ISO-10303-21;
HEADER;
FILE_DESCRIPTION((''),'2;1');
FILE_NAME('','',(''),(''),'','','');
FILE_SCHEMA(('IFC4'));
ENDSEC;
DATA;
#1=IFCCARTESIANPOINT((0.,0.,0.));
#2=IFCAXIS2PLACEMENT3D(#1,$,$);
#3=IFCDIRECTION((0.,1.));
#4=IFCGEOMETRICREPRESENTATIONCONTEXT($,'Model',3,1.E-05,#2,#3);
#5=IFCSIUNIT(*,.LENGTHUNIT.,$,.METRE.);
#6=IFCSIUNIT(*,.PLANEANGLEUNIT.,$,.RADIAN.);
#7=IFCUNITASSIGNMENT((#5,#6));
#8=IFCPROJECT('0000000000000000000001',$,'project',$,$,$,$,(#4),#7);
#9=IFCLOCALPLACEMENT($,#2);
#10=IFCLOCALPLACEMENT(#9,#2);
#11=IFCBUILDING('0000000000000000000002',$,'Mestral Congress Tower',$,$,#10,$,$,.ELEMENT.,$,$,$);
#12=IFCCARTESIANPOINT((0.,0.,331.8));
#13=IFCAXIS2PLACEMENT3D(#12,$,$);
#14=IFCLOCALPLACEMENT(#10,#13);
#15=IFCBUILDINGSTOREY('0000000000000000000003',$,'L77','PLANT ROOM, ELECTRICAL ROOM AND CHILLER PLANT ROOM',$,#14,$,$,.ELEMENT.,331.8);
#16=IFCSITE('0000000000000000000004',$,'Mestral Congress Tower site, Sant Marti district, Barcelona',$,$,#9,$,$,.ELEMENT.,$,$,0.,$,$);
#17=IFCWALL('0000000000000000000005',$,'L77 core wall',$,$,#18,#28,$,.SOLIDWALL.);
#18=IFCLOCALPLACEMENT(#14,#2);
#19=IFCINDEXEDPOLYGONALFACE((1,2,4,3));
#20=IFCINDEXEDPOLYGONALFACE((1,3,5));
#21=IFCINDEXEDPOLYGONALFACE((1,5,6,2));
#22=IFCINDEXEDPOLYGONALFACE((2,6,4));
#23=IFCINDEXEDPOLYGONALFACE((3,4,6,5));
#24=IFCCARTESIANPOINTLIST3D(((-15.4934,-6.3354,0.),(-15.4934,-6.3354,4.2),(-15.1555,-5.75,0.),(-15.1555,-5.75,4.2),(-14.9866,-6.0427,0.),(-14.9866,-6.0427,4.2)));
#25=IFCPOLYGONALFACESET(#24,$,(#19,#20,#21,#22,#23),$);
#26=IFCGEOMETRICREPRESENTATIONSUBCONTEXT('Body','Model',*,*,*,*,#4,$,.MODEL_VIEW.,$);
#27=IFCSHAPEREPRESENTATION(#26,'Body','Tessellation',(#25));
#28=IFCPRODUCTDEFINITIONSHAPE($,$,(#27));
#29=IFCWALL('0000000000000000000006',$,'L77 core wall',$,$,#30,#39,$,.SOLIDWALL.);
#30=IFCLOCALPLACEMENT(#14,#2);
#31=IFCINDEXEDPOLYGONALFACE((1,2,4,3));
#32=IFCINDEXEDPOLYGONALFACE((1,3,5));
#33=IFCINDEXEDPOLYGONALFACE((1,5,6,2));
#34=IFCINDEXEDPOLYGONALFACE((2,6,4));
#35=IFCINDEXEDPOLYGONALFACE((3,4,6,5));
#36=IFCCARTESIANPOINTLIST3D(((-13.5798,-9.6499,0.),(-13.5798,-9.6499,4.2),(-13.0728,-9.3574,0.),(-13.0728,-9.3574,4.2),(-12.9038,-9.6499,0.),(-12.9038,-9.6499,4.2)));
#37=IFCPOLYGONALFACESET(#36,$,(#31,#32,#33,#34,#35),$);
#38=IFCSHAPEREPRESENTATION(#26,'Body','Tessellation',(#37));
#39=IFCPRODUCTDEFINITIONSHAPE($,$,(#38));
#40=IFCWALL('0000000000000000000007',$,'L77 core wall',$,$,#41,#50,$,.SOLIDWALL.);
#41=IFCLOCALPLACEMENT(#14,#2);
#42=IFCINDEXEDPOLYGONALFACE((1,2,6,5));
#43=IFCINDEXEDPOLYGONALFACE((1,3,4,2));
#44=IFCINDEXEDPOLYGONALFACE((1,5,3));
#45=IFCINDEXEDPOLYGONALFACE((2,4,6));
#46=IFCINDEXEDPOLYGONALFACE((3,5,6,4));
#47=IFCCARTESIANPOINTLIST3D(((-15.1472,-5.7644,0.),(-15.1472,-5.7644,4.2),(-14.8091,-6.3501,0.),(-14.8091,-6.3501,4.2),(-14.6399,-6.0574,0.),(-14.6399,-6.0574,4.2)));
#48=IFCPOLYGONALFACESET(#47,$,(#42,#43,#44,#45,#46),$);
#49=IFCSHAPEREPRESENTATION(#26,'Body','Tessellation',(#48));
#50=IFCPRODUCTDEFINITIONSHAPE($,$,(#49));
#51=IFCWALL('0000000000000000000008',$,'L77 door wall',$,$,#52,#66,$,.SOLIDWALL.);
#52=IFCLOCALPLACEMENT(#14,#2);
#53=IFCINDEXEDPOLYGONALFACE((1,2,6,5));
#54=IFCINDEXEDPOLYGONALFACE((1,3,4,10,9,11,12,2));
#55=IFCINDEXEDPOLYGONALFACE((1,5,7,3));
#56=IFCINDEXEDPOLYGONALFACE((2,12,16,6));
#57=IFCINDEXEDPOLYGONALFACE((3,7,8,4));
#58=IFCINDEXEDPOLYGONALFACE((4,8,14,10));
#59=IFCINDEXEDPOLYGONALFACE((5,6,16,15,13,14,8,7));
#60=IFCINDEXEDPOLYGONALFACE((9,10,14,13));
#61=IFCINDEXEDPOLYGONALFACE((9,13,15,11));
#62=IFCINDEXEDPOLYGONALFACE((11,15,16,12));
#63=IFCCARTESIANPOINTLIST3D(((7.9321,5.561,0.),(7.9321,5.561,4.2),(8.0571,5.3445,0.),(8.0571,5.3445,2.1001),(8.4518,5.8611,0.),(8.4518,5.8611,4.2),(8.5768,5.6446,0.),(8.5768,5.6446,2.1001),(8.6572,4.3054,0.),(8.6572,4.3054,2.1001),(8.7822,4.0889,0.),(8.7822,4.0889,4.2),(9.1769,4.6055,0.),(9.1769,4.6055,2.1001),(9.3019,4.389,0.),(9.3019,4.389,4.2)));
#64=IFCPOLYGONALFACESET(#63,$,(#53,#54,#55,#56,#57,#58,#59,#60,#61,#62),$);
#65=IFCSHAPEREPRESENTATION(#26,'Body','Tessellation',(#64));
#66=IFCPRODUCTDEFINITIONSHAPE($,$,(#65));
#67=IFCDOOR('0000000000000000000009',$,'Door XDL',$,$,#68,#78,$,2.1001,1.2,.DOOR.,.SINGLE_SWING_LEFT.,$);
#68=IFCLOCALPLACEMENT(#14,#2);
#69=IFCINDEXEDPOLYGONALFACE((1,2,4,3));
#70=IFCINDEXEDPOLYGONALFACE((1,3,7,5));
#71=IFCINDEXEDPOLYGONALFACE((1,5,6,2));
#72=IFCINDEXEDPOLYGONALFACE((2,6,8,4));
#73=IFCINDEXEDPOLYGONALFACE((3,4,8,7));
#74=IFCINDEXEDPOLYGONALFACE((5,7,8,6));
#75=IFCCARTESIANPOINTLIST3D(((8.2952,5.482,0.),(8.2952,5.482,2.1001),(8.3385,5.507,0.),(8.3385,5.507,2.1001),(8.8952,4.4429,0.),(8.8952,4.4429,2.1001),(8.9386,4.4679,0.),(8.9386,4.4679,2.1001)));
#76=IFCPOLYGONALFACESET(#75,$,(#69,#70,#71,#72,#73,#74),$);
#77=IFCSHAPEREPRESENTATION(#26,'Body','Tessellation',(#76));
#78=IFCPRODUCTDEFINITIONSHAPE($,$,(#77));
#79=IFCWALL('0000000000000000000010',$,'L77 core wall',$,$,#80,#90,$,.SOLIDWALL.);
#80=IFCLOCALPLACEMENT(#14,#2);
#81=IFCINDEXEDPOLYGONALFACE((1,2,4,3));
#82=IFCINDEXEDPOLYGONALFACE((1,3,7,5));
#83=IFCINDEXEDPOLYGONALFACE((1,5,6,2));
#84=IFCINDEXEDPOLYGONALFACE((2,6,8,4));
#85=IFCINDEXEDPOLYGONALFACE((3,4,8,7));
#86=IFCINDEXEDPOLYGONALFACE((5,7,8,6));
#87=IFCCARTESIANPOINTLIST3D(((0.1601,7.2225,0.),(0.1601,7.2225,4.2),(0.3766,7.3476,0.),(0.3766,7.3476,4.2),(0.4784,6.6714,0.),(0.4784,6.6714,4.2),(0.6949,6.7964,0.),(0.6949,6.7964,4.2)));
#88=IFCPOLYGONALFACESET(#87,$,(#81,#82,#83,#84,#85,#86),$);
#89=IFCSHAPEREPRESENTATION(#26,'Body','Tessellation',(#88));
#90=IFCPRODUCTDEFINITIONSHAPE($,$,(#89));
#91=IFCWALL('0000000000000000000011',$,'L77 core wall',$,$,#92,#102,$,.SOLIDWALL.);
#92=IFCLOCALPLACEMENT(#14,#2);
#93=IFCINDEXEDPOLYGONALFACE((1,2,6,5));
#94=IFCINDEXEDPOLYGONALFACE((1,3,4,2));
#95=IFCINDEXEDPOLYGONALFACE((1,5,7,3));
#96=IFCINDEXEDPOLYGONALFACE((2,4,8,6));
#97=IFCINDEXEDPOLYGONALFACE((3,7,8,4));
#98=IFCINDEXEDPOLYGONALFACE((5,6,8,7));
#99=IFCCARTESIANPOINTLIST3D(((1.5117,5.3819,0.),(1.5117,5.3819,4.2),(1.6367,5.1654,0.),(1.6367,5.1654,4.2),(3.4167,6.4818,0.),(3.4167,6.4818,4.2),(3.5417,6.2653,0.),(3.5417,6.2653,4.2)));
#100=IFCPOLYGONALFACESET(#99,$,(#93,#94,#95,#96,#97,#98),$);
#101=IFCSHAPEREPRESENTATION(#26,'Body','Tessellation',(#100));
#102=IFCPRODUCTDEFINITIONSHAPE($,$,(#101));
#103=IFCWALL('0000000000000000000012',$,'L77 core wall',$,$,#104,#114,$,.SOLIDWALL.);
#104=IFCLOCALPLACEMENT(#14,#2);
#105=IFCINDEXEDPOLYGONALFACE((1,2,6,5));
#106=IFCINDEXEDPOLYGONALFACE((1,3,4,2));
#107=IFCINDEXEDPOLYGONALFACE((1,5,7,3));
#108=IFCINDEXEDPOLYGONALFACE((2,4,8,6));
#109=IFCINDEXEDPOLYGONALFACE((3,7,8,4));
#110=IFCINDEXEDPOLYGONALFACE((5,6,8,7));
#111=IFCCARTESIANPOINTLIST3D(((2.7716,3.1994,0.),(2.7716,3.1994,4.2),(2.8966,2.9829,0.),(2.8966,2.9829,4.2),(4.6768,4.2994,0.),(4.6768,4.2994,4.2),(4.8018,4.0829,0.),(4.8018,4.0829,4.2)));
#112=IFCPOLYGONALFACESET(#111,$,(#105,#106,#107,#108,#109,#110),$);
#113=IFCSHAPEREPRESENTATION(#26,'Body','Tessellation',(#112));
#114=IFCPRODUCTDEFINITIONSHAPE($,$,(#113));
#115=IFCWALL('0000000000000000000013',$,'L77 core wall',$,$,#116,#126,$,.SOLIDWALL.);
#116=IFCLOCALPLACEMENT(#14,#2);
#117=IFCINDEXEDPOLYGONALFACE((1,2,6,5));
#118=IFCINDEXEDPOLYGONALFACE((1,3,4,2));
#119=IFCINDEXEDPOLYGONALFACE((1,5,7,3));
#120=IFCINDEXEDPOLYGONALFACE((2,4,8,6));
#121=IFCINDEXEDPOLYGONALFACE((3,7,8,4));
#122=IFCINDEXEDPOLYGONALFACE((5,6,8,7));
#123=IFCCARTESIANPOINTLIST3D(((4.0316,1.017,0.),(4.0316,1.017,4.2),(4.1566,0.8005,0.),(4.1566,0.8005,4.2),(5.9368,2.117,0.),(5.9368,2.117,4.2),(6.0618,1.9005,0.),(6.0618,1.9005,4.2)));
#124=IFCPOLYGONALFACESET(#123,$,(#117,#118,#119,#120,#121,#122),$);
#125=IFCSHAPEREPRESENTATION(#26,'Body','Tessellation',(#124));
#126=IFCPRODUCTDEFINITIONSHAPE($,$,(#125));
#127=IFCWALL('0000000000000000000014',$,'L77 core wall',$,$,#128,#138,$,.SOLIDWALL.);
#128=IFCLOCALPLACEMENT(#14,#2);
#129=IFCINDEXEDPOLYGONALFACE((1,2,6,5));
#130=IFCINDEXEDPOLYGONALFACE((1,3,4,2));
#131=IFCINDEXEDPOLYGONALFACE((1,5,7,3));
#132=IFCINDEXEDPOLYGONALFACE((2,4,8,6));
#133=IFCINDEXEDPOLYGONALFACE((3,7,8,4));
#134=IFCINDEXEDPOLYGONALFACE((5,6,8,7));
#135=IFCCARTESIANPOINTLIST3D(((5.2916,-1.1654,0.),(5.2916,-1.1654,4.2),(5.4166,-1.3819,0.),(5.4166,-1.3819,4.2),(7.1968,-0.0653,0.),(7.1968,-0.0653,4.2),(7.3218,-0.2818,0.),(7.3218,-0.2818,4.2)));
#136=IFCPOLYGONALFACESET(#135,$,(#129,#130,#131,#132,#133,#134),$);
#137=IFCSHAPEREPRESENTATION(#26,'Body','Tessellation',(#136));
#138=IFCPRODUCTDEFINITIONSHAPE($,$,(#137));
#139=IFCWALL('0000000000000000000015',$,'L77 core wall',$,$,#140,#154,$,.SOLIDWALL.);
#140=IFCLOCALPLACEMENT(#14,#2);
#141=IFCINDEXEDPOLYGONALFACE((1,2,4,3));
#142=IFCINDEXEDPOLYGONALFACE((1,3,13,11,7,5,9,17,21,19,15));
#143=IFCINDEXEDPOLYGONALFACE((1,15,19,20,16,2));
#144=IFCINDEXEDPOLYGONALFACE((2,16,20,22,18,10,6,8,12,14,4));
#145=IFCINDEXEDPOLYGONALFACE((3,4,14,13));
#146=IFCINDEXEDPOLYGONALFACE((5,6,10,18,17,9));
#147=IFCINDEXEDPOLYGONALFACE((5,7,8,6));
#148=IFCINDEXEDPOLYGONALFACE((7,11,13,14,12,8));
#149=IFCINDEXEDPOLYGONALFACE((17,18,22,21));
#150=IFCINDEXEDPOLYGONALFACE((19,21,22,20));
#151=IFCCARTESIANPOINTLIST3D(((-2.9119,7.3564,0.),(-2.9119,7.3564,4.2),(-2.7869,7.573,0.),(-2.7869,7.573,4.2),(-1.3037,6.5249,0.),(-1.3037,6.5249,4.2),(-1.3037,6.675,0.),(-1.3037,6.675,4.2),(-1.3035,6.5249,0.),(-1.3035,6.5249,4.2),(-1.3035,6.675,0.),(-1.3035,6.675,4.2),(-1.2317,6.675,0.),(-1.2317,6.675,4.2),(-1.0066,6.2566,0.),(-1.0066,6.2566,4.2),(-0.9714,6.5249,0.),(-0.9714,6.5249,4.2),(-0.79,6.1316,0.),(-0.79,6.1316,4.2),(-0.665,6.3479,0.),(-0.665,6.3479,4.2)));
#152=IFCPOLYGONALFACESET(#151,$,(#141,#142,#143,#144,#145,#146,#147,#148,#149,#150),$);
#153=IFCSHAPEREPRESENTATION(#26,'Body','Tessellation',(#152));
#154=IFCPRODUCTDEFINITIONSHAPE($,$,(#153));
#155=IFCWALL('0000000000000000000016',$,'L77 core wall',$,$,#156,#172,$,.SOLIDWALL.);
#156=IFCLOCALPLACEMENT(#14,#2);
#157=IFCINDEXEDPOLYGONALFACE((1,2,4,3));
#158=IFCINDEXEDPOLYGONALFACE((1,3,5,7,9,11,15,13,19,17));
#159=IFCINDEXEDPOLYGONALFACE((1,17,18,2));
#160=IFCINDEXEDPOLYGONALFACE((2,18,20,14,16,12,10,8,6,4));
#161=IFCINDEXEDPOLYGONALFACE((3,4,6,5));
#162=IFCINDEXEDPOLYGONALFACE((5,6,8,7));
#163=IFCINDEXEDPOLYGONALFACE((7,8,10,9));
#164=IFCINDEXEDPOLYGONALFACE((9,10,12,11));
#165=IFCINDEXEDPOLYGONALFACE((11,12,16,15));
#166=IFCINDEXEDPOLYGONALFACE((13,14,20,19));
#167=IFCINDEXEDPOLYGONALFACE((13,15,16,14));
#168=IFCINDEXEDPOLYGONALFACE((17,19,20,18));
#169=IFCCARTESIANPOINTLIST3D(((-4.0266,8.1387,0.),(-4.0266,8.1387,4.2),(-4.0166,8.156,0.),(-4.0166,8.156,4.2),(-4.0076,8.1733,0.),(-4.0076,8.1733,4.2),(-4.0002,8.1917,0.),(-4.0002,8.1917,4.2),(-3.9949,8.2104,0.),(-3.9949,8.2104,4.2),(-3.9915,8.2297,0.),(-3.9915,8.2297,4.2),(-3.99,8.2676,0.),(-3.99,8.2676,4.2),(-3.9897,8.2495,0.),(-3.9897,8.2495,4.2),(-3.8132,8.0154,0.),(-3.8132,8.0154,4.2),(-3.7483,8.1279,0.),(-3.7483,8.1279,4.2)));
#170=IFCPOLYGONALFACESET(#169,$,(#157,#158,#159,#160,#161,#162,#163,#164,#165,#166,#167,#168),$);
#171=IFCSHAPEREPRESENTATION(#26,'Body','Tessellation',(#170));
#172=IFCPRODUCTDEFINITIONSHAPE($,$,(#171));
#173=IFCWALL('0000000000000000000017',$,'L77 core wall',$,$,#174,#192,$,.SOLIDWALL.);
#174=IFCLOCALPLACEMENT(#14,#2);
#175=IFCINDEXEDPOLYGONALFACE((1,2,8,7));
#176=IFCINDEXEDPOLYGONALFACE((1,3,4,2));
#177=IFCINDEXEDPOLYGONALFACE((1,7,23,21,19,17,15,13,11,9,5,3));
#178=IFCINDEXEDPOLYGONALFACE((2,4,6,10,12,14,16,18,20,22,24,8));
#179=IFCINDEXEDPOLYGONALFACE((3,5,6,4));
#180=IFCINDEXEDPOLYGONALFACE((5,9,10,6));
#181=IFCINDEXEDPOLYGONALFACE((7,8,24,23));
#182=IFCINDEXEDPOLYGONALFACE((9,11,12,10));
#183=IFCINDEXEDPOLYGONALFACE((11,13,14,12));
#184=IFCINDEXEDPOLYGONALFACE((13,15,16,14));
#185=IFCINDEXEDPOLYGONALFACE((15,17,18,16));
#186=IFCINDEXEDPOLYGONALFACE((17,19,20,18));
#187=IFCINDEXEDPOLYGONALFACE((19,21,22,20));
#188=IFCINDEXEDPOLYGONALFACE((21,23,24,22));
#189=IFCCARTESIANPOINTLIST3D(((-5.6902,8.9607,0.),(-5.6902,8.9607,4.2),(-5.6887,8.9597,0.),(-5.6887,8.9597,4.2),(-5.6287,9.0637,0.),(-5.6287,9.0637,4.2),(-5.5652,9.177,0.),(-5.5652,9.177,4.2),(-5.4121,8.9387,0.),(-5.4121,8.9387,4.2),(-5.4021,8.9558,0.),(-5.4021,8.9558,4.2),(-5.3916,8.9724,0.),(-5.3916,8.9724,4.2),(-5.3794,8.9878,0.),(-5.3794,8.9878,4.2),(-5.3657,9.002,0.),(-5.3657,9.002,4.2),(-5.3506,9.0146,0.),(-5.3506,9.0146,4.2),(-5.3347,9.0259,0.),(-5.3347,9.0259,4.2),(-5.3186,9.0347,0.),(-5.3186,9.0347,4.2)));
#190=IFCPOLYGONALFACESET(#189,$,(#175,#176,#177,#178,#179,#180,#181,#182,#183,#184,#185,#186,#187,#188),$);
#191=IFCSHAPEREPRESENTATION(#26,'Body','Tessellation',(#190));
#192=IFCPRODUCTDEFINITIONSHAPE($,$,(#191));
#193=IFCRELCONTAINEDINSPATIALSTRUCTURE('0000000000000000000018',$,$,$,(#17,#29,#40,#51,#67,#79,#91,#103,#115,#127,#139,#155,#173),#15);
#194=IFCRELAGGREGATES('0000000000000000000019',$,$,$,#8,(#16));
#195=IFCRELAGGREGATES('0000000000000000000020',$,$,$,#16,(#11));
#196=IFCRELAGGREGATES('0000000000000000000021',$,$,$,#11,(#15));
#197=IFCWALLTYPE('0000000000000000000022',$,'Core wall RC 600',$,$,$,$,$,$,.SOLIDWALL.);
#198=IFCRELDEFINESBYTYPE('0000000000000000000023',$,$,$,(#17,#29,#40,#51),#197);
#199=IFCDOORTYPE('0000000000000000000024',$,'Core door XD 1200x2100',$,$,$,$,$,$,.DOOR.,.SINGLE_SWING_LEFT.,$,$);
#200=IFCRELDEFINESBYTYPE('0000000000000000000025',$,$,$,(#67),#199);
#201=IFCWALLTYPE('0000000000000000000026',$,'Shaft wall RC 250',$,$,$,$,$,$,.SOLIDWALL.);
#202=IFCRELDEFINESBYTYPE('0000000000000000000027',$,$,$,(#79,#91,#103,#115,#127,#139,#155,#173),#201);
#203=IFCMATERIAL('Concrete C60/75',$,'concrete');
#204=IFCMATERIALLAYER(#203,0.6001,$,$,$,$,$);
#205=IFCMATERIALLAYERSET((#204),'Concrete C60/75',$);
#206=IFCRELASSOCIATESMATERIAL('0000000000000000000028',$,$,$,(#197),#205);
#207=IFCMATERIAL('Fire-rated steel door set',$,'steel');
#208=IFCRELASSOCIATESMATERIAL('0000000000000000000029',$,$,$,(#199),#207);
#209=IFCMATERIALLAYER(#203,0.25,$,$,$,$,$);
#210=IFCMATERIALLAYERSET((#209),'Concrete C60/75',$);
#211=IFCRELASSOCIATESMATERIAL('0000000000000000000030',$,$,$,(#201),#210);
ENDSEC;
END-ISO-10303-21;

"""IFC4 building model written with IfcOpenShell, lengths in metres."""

from ifc_helpers import new_model, si_unit, direction, frame, frame_2d, origin, place, context, subcontext, project, spatial, polyline, rectangle, outline, extrude, material, layer, layer_set, type_object, element, fill, save


model = new_model("IFC4")

# Units and contexts
model_context = context("Model", 3, precision=1e-05, world=origin(), true_north=direction((0.0, 1.0)))
body_context = subcontext(model_context, "Body", "Model", "MODEL_VIEW")
ifc_project = project(units=[si_unit("LENGTHUNIT", "METRE"), si_unit("PLANEANGLEUNIT", "RADIAN")], contexts=[model_context])

# Site, building, storey
site_placement = place(None, origin())
site = spatial("IfcSite", under=ifc_project, at=site_placement, Name="Mestral Congress Tower site, Sant Marti district, Barcelona", CompositionType="ELEMENT", RefElevation=0.0)
building_placement = place(site_placement, origin())
building = spatial("IfcBuilding", under=site, at=building_placement, Name="Mestral Congress Tower", CompositionType="ELEMENT")
storey_placement = place(building_placement, frame((0.0, 0.0, 331.8)))
storey = spatial("IfcBuildingStorey", under=building, at=storey_placement, Name="L77", Description="PLANT ROOM, ELECTRICAL ROOM AND CHILLER PLANT ROOM", CompositionType="ELEMENT", Elevation=331.8)

# Shared definitions
ifc_material_1 = material(Name="Fire-rated steel door set", Category="steel")

# Walls
ifc_material_2 = material(Name="Concrete C60/75", Category="concrete")
ifc_layer_1 = layer(ifc_material_2, 0.6001)
ifc_layer_set_1 = layer_set([ifc_layer_1], Name="Concrete C60/75")
wall_type_1 = type_object("IfcWallType", Name="Core wall RC 600", PredefinedType="SOLIDWALL", material=ifc_layer_set_1)
placement = place(storey_placement, origin())
element("IfcWall", 1, at=placement, inside=storey, type_object=wall_type_1, Name="L77 core wall", PredefinedType="SOLIDWALL", context=body_context, shape_type="SweptSolid", body=[
    extrude(outline(polyline([(-14.9866, -6.0427), (-15.4934, -6.3354), (-15.1555, -5.75), (-14.9866, -6.0427)])), origin(), (0.0, 0.0, 1.0), 4.2),
])
element("IfcWall", 2, at=placement, inside=storey, type_object=wall_type_1, Name="L77 core wall", PredefinedType="SOLIDWALL", context=body_context, shape_type="SweptSolid", body=[
    extrude(outline(polyline([(-12.9038, -9.6499), (-13.5798, -9.6499), (-13.0728, -9.3574), (-12.9038, -9.6499)])), origin(), (0.0, 0.0, 1.0), 4.2),
])
element("IfcWall", 3, at=placement, inside=storey, type_object=wall_type_1, Name="L77 core wall", PredefinedType="SOLIDWALL", context=body_context, shape_type="SweptSolid", body=[
    extrude(outline(polyline([(-14.8091, -6.3501), (-15.1472, -5.7644), (-14.6399, -6.0574), (-14.8091, -6.3501)])), origin(), (0.0, 0.0, 1.0), 4.2),
])

# Wall, opening, door
wall_1_placement = place(storey_placement, frame((8.1919, 5.7112, 0.0), z_axis=(0.0, 0.0, 1.0), x_axis=(0.500062, -0.865989, 0.0)))
wall_1 = element("IfcWall", 4, at=wall_1_placement, inside=storey, type_object=wall_type_1, Name="L77 door wall", PredefinedType="SOLIDWALL", context=body_context, shape_type="SweptSolid", body=[
    extrude(rectangle(XDim=1.7, YDim=0.6001, at=frame_2d((0.8501, 0.0))), origin(), (0.0, 0.0, 1.0), 4.2),
])
opening_1_placement = place(wall_1_placement, frame((0.25, 0.0, 0.0)))
opening_1 = element("IfcOpeningElement", 5, at=opening_1_placement, cuts=wall_1, PredefinedType="OPENING", context=body_context, shape_type="SweptSolid", body=[
    extrude(rectangle(XDim=1.2, YDim=2.1001, at=frame_2d((0.6001, 1.05))), frame((0.0, 0.3101, 0.0), z_axis=(0.0, -1.0, 0.0), x_axis=(1.0, 0.0, 0.0)), (0.0, 0.0, 1.0), 0.6201),
])
door_type_1 = type_object("IfcDoorType", Name="Core door XD 1200x2100", OperationType="SINGLE_SWING_LEFT", PredefinedType="DOOR", material=ifc_material_1)
door_1_placement = place(opening_1_placement, origin())
door_1 = element("IfcDoor", 6, at=door_1_placement, inside=storey, type_object=door_type_1, Name="Door XDL", OperationType="SINGLE_SWING_LEFT", OverallHeight=2.1001, OverallWidth=1.2, PredefinedType="DOOR", context=body_context, shape_type="SweptSolid", body=[
    extrude(rectangle(XDim=1.2, YDim=2.1001, at=frame_2d((0.6001, 1.05))), frame((0.0, 0.0249, 0.0), z_axis=(0.0, -1.0, 0.0), x_axis=(1.0, 0.0, 0.0)), (0.0, 0.0, 1.0), 0.05),
])
fill(opening_1, door_1)

# Walls
ifc_layer_2 = layer(ifc_material_2, 0.25)
ifc_layer_set_2 = layer_set([ifc_layer_2], Name="Concrete C60/75")
wall_type_2 = type_object("IfcWallType", Name="Shaft wall RC 250", PredefinedType="SOLIDWALL", material=ifc_layer_set_2)
wall_2_placement = place(storey_placement, frame((0.2683, 7.2852, 0.0), z_axis=(0.0, 0.0, 1.0), x_axis=(0.500099, -0.865968, 0.0)))
element("IfcWall", 7, at=wall_2_placement, inside=storey, type_object=wall_type_2, Name="L77 core wall", PredefinedType="SOLIDWALL", context=body_context, shape_type="SweptSolid", body=[
    extrude(rectangle(XDim=0.6365, YDim=0.25, at=frame_2d((0.3184, 0.0))), origin(), (0.0, 0.0, 1.0), 4.2),
])
wall_3_placement = place(storey_placement, frame((1.5742, 5.2737, 0.0), z_axis=(0.0, 0.0, 1.0), x_axis=(0.866028, 0.499995, 0.0)))
element("IfcWall", 8, at=wall_3_placement, inside=storey, type_object=wall_type_2, Name="L77 core wall", PredefinedType="SOLIDWALL", context=body_context, shape_type="SweptSolid", body=[
    extrude(rectangle(XDim=2.1997, YDim=0.25, at=frame_2d((1.0999, 0.0))), origin(), (0.0, 0.0, 1.0), 4.2),
])
for number, where, z_axis, x_axis, name in (
    (9, (2.834, 3.0911, 0.0), (0.0, 0.0, 1.0), (0.866008, 0.50003, 0.0), "L77 core wall"),
    (10, (4.094, 0.9087, 0.0), (0.0, 0.0, 1.0), (0.866008, 0.50003, 0.0), "L77 core wall"),
    (11, (5.354, -1.2737, 0.0), (0.0, 0.0, 1.0), (0.866008, 0.50003, 0.0), "L77 core wall"),
):
    element("IfcWall", number, at=place(storey_placement, frame(where, z_axis=z_axis, x_axis=x_axis)), inside=storey, type_object=wall_type_2, Name=name, PredefinedType="SOLIDWALL", context=body_context, shape_type="SweptSolid", body=[
        extrude(rectangle(XDim=2.2, YDim=0.25, at=frame_2d((1.1001, 0.0))), origin(), (0.0, 0.0, 1.0), 4.2),
    ])
element("IfcWall", 12, at=placement, inside=storey, type_object=wall_type_2, Name="L77 core wall", PredefinedType="SOLIDWALL", context=body_context, shape_type="SweptSolid", body=[
    extrude(outline(polyline([(-2.9119, 7.3564), (-2.7869, 7.573), (-1.2317, 6.675), (-1.3035, 6.675), (-1.3037, 6.675), (-1.3037, 6.675), (-1.3037, 6.5249), (-1.3037, 6.5249), (-1.3035, 6.5249), (-0.9714, 6.5249), (-0.665, 6.3479), (-0.79, 6.1316), (-1.0066, 6.2566), (-1.0066, 6.2566), (-2.9119, 7.3564)])), origin(), (0.0, 0.0, 1.0), 4.2),
])
element("IfcWall", 13, at=placement, inside=storey, type_object=wall_type_2, Name="L77 core wall", PredefinedType="SOLIDWALL", context=body_context, shape_type="SweptSolid", body=[
    extrude(outline(polyline([(-3.7483, 8.1279), (-3.8132, 8.0154), (-4.0266, 8.1387), (-4.0166, 8.156), (-4.0076, 8.1733), (-4.0002, 8.1917), (-3.9949, 8.2104), (-3.9915, 8.2297), (-3.9897, 8.2495), (-3.99, 8.2676), (-3.7483, 8.1279)])), origin(), (0.0, 0.0, 1.0), 4.2),
])
element("IfcWall", 14, at=placement, inside=storey, type_object=wall_type_2, Name="L77 core wall", PredefinedType="SOLIDWALL", context=body_context, shape_type="SweptSolid", body=[
    extrude(outline(polyline([(-5.6887, 8.9597), (-5.6902, 8.9607), (-5.5652, 9.177), (-5.3186, 9.0347), (-5.3347, 9.0259), (-5.3506, 9.0146), (-5.3657, 9.002), (-5.3794, 8.9878), (-5.3916, 8.9724), (-5.4021, 8.9558), (-5.4121, 8.9387), (-5.6287, 9.0637), (-5.6287, 9.0637), (-5.6887, 8.9597)])), origin(), (0.0, 0.0, 1.0), 4.2),
])

save(model, "model.ifc")
